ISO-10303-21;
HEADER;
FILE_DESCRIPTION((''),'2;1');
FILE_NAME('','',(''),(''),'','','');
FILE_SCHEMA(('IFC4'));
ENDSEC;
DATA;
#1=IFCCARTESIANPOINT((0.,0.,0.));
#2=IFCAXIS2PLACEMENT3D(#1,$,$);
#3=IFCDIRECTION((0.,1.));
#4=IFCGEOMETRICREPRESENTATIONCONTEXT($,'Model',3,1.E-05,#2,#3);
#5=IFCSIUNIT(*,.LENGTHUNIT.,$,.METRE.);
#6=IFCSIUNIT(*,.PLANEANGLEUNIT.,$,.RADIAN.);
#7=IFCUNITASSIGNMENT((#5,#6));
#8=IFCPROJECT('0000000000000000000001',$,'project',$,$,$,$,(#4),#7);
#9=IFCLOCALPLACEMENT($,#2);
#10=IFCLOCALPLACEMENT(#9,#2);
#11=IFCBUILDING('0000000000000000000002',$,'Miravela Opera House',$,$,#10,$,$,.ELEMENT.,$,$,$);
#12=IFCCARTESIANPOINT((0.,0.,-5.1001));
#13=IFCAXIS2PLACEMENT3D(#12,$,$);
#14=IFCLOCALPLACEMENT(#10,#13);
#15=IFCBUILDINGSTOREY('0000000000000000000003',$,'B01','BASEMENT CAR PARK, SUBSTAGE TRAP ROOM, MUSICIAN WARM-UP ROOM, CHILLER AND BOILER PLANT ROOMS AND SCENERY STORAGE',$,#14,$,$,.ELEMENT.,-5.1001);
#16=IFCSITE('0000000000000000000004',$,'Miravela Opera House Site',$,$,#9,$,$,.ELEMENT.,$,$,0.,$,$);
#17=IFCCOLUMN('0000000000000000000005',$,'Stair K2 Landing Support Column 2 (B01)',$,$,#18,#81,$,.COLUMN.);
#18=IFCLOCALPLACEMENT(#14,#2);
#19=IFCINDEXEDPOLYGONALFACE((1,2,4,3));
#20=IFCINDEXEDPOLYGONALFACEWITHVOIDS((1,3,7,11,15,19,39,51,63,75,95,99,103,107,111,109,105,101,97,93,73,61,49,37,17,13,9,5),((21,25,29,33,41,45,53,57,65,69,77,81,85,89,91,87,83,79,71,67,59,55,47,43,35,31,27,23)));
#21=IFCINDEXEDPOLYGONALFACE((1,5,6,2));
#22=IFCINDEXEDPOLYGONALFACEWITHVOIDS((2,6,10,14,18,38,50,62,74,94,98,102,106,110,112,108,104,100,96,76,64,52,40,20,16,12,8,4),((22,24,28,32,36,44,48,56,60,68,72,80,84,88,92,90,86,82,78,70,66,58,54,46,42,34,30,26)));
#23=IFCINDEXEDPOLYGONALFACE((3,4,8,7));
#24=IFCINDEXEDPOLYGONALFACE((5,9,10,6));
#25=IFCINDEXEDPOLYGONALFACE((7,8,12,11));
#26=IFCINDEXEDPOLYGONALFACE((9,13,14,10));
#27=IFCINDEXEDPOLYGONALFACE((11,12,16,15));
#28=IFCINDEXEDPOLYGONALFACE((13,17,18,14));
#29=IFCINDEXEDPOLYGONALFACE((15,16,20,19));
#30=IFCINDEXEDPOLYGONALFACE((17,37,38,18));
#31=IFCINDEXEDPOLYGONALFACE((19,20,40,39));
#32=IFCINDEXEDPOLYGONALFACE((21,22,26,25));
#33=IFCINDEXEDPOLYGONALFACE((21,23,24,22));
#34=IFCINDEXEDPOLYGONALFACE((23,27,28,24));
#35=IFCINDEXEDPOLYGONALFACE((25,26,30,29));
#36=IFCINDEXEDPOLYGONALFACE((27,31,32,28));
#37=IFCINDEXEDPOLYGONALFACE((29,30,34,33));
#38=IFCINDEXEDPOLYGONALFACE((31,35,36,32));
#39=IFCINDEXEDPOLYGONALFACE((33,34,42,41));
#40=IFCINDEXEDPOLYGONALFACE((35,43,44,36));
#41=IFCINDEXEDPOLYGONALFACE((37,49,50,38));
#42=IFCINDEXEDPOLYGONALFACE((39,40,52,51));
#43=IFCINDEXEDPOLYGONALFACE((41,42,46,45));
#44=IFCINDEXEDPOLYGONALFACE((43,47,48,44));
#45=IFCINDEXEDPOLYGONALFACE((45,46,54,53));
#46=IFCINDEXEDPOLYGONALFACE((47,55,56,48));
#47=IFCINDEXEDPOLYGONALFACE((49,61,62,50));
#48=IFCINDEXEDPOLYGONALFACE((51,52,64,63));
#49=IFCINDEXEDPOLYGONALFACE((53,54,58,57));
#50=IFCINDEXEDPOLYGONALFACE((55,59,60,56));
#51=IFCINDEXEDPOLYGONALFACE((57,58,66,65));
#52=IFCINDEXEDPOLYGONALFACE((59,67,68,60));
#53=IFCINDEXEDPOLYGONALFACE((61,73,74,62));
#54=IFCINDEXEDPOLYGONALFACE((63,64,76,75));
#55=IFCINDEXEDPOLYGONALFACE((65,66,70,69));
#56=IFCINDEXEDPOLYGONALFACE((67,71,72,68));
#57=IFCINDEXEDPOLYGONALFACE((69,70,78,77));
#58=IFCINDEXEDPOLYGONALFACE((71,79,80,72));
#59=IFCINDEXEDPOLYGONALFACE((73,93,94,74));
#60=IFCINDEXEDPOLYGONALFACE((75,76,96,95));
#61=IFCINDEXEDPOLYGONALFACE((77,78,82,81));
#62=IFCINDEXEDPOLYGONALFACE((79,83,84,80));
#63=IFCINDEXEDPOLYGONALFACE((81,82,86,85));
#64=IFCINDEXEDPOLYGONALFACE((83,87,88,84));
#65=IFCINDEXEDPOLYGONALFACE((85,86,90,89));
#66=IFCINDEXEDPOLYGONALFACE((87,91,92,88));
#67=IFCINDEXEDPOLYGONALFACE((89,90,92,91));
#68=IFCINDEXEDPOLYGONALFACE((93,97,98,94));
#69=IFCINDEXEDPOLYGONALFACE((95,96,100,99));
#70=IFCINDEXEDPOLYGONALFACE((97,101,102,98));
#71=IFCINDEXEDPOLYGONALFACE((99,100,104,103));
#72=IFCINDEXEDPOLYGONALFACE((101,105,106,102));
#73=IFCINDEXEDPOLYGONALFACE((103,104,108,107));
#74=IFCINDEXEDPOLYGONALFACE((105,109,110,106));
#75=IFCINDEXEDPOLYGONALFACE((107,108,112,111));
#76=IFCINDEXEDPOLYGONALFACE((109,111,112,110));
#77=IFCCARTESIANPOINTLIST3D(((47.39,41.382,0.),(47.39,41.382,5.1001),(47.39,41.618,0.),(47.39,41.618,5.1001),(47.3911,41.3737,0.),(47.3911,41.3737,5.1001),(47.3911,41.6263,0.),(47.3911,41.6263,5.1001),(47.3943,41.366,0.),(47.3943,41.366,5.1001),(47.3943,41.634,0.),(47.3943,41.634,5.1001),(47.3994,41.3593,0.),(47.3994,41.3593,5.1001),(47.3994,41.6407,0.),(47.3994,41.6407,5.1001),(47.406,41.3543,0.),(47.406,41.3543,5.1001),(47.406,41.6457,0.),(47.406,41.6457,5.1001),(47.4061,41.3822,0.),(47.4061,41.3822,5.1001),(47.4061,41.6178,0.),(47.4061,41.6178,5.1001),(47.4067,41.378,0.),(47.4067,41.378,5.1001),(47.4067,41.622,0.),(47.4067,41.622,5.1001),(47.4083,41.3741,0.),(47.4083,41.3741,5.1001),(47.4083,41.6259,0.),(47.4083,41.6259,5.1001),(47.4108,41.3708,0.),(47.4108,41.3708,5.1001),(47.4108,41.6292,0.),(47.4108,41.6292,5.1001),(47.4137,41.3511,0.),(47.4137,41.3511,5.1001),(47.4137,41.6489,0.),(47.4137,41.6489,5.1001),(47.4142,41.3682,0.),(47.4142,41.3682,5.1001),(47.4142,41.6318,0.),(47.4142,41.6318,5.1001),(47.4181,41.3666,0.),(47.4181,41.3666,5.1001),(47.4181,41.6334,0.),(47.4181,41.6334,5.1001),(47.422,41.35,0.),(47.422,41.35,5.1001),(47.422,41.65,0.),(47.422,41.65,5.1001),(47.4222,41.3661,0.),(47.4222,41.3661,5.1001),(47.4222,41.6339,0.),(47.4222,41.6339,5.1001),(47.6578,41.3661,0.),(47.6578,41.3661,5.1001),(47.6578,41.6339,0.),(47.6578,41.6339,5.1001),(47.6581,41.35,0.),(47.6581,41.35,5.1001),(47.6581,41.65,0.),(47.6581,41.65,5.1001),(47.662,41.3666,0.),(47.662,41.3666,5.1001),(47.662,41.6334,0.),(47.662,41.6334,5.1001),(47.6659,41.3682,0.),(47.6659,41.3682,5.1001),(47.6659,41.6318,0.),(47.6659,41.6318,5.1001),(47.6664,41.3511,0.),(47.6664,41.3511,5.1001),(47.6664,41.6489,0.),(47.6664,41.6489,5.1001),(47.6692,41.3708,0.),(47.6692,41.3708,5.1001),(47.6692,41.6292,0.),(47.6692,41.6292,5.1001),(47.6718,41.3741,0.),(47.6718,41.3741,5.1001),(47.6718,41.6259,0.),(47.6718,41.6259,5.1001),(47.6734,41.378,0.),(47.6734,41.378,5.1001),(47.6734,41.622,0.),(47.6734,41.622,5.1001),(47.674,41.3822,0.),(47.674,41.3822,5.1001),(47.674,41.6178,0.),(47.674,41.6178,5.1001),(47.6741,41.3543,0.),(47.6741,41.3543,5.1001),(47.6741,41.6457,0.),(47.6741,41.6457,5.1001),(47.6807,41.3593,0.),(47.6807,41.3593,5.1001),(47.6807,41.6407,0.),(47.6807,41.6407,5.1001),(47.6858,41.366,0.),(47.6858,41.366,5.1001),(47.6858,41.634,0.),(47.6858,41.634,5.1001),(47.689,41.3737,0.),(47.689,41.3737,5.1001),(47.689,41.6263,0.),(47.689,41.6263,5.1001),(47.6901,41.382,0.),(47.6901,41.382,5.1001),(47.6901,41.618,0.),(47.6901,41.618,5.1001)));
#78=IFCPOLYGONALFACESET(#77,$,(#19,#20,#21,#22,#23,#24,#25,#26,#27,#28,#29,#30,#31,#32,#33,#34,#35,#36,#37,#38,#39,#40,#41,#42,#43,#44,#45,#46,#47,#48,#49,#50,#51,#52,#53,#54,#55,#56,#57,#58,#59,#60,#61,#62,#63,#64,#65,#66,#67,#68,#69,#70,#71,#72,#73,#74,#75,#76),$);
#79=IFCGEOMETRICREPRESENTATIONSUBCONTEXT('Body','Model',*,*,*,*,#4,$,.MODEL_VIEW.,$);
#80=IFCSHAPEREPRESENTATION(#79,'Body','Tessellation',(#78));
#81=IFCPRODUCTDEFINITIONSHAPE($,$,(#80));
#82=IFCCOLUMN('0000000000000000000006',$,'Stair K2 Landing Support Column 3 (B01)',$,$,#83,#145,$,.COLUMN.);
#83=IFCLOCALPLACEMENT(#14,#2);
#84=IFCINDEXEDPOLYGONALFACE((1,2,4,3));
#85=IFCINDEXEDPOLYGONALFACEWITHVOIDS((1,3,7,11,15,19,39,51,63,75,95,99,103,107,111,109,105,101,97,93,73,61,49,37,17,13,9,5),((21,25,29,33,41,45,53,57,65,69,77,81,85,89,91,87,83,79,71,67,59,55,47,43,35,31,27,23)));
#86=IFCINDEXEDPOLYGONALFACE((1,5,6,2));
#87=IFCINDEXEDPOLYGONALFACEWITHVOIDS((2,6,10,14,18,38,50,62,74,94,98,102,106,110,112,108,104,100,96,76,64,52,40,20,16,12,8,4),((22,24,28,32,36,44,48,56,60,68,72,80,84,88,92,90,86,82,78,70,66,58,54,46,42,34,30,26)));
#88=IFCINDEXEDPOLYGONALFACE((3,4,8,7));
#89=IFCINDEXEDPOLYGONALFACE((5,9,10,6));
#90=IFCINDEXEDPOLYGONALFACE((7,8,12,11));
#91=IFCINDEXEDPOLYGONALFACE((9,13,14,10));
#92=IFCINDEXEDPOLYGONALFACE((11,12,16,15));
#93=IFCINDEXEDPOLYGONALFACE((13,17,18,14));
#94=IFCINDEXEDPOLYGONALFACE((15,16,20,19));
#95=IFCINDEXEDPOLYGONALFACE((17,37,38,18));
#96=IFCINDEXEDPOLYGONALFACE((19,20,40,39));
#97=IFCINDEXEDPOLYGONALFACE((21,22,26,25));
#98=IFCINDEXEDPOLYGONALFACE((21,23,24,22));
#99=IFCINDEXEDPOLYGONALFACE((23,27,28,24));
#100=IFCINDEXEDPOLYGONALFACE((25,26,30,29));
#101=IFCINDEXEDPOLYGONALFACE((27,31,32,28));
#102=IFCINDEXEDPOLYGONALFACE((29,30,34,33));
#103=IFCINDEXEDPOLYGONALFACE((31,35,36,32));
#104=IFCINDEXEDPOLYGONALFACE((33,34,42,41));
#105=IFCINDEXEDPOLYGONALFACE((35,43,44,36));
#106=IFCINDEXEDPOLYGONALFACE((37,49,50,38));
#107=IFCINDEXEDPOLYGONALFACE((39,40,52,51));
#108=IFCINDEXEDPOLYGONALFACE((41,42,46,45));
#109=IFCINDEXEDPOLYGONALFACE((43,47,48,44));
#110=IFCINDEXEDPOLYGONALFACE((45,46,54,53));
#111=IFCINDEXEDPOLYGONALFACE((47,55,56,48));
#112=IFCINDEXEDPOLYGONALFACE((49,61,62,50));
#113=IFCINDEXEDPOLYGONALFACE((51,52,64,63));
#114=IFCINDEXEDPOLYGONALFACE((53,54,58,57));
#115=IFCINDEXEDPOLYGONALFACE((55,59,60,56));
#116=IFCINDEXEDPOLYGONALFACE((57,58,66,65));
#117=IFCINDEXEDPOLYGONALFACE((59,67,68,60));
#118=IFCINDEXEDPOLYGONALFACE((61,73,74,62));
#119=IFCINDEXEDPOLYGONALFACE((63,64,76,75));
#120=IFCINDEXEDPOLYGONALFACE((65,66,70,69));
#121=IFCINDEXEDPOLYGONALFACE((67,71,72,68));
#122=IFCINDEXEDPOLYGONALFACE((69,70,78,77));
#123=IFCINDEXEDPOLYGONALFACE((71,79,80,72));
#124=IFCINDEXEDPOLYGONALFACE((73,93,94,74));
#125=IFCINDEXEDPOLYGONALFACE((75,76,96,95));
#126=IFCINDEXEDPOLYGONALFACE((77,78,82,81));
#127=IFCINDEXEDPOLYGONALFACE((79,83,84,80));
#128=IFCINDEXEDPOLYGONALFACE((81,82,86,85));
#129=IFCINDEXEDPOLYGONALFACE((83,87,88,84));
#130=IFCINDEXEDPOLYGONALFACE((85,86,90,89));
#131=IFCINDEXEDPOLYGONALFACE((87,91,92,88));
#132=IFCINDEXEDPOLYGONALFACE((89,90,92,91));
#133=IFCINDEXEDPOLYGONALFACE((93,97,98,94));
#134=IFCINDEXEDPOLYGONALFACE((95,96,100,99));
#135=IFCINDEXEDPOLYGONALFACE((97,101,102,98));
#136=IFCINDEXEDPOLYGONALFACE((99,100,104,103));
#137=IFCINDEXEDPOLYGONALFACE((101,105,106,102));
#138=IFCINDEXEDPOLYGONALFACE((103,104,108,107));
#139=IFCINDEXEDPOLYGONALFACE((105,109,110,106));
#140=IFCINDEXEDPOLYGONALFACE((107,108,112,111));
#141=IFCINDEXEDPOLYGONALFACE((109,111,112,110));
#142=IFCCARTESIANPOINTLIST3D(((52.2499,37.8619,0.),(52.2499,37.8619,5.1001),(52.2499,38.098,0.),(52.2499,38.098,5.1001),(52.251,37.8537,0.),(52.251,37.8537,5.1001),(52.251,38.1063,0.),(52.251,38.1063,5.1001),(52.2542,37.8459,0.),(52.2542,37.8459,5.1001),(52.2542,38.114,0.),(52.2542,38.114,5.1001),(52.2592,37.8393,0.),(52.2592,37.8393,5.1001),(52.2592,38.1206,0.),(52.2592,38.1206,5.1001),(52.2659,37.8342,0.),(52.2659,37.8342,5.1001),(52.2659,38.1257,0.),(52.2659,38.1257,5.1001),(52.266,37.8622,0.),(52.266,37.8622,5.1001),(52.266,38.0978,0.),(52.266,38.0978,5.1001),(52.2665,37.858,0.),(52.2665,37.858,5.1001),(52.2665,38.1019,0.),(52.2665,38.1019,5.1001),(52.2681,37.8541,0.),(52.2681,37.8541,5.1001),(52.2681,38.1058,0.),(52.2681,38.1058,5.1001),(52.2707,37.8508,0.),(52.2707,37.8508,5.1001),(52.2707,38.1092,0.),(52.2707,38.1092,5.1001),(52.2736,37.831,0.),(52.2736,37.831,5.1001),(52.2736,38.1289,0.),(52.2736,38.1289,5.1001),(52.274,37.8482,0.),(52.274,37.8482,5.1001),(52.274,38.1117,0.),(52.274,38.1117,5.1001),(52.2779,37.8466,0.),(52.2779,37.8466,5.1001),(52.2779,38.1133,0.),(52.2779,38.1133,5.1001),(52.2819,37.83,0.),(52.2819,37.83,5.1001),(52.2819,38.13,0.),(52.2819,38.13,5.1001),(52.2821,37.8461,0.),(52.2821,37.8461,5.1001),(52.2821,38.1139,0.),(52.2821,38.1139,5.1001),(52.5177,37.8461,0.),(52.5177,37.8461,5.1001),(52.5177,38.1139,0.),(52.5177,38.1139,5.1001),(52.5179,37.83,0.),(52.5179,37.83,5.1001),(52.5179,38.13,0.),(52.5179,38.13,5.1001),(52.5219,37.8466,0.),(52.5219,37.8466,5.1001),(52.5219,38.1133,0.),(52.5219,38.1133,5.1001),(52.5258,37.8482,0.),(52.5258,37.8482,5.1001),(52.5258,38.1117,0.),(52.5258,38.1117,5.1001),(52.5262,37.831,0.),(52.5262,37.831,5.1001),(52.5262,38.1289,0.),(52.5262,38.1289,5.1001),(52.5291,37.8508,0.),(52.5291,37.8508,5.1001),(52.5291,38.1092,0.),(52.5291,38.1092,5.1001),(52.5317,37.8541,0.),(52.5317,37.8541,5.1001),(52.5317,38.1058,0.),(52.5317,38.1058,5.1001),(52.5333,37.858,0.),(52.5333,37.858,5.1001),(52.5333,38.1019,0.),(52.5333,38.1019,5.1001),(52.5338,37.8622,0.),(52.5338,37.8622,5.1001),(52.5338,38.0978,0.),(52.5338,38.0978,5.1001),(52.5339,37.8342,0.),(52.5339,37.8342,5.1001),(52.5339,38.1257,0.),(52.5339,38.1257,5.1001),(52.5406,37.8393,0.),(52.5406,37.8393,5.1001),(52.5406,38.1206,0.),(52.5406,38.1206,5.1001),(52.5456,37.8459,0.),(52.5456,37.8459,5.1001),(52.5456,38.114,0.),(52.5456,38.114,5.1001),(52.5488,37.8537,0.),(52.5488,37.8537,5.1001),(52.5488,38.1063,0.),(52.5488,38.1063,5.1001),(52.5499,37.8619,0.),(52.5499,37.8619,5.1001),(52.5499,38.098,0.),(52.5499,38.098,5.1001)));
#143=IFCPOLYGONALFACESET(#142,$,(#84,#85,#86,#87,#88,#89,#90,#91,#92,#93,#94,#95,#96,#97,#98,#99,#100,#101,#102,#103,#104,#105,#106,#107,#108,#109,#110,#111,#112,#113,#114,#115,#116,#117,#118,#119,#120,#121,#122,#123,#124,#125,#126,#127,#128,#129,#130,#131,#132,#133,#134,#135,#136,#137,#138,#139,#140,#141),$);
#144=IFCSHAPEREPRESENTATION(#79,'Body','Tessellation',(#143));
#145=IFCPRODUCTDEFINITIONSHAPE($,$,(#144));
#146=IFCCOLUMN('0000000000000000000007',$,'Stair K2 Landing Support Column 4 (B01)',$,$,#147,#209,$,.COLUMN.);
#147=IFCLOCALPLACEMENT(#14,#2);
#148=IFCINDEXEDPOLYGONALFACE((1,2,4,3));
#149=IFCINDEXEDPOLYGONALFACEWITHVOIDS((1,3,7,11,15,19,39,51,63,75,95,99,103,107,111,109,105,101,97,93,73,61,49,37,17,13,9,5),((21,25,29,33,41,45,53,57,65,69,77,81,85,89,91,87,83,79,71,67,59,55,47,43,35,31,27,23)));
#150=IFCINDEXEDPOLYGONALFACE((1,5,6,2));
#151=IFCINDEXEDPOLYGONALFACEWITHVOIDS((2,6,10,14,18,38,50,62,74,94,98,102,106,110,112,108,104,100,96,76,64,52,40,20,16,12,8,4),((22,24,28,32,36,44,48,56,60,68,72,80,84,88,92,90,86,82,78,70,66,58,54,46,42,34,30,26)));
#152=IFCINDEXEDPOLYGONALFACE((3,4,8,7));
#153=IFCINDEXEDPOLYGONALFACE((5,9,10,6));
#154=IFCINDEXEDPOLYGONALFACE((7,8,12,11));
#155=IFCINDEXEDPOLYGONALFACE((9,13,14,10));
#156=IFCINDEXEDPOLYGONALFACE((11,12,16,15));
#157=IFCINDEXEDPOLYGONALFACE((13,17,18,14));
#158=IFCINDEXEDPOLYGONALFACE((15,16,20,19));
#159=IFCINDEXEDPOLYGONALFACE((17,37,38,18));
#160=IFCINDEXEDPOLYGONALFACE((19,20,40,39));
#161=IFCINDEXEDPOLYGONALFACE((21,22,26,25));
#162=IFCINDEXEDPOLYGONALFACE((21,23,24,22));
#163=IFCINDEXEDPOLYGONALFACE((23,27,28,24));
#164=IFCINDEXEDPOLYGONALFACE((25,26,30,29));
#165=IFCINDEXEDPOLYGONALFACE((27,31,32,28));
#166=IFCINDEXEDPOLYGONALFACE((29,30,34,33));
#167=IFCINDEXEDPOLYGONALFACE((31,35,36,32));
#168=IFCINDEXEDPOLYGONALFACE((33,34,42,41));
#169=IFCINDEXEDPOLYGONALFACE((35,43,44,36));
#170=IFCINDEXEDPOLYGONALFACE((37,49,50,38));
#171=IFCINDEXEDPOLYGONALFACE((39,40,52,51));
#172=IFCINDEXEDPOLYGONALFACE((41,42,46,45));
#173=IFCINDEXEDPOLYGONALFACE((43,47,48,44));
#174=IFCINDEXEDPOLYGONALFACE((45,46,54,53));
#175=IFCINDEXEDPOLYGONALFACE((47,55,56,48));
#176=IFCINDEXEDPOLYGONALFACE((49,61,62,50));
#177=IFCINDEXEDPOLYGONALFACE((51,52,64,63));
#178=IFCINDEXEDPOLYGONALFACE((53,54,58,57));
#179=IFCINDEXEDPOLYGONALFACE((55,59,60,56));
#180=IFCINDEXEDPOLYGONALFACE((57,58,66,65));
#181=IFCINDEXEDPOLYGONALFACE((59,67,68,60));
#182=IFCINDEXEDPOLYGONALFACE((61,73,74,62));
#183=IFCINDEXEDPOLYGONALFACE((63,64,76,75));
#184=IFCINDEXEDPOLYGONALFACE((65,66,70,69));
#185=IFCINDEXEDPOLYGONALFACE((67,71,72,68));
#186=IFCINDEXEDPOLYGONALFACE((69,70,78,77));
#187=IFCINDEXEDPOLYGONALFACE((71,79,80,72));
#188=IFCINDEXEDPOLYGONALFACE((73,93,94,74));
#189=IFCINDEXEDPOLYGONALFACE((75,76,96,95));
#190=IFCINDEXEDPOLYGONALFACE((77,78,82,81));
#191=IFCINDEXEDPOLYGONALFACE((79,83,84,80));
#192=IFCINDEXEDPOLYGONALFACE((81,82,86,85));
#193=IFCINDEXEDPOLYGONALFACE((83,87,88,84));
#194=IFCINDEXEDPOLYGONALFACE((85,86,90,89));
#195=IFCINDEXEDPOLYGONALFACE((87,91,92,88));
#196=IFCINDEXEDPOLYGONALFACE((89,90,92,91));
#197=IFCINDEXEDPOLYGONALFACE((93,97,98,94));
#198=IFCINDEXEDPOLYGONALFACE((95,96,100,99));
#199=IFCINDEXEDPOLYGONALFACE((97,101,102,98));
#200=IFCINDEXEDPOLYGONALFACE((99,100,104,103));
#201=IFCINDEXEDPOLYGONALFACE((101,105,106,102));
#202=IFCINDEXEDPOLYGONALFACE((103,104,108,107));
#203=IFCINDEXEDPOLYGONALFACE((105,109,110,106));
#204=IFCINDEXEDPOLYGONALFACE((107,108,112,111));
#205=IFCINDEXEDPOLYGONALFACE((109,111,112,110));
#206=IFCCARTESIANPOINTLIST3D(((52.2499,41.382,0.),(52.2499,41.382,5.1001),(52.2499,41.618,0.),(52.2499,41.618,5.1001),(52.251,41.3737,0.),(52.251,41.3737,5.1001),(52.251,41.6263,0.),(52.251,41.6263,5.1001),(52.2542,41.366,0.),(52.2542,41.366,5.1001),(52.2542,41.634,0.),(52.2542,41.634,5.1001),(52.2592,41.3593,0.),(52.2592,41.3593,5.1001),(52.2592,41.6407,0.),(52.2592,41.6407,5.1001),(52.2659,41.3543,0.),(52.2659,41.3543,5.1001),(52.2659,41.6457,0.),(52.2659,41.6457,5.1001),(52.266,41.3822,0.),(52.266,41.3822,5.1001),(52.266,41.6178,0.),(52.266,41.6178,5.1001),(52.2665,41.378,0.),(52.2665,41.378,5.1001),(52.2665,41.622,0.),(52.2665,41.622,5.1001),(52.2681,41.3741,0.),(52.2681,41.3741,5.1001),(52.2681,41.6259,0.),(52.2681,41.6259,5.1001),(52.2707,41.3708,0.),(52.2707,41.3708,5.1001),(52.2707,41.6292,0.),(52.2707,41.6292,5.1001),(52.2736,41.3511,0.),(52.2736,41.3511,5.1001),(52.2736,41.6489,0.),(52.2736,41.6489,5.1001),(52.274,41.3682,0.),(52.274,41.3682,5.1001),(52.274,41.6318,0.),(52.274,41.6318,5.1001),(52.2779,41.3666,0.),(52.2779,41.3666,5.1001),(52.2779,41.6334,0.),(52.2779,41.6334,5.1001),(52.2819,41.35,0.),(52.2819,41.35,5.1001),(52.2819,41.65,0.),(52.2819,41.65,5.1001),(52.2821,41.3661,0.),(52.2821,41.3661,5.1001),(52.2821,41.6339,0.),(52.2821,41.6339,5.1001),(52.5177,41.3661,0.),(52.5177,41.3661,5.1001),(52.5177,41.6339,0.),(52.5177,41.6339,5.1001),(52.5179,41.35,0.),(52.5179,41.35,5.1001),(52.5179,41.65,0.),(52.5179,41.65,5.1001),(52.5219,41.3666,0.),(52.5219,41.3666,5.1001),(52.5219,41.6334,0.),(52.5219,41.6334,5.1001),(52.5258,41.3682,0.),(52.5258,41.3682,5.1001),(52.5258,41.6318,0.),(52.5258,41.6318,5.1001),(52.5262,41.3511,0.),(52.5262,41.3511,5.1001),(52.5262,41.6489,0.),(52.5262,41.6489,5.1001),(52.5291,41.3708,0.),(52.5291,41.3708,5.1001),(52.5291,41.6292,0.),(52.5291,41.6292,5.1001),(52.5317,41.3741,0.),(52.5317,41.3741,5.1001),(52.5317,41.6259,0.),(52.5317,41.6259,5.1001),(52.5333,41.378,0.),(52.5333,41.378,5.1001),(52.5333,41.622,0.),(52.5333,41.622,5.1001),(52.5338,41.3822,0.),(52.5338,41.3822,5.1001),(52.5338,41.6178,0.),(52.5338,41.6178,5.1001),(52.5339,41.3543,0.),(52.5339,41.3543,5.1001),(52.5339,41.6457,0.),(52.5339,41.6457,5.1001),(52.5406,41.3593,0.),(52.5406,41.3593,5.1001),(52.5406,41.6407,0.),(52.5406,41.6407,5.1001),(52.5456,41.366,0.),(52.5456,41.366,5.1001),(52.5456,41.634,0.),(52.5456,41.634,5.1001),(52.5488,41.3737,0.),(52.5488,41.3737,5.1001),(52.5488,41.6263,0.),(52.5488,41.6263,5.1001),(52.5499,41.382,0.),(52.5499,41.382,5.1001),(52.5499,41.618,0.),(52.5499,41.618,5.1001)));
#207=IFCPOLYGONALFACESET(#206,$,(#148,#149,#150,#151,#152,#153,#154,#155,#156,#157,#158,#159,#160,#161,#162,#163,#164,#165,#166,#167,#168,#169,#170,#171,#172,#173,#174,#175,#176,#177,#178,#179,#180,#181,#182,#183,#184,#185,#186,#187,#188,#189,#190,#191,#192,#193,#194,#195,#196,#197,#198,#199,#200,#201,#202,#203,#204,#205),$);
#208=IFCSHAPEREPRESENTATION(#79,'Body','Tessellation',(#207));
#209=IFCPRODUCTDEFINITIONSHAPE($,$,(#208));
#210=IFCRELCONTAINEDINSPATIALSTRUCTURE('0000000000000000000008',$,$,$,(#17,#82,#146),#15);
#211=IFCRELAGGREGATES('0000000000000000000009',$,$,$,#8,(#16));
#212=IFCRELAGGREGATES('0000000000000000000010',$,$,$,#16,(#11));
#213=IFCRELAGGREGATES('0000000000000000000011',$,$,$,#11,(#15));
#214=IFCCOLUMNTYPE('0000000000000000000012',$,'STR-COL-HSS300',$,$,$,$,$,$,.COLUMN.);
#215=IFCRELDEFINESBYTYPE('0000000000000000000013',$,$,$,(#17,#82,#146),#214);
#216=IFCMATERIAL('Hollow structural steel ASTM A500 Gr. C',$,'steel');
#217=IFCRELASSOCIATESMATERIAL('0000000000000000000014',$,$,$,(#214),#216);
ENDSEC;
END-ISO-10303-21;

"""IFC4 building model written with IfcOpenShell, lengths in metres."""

from ifc_helpers import new_model, si_unit, direction, frame, origin, origin_2d, place, context, subcontext, project, spatial, hollow_rectangle, extrude, material, material_profile, profile_set, type_object, element, save


model = new_model("IFC4")

# Units and contexts
model_context = context("Model", 3, precision=1e-05, world=origin(), true_north=direction((0.0, 1.0)))
body_context = subcontext(model_context, "Body", "Model", "MODEL_VIEW")
ifc_project = project(units=[si_unit("LENGTHUNIT", "METRE"), si_unit("PLANEANGLEUNIT", "RADIAN")], contexts=[model_context])

# Site, building, storey
site_placement = place(None, origin())
site = spatial("IfcSite", under=ifc_project, at=site_placement, Name="Miravela Opera House Site", CompositionType="ELEMENT", RefElevation=0.0)
building_placement = place(site_placement, origin())
building = spatial("IfcBuilding", under=site, at=building_placement, Name="Miravela Opera House", CompositionType="ELEMENT")
storey_placement = place(building_placement, frame((0.0, 0.0, -5.1001)))
storey = spatial("IfcBuildingStorey", under=building, at=storey_placement, Name="B01", Description="BASEMENT CAR PARK, SUBSTAGE TRAP ROOM, MUSICIAN WARM-UP ROOM, CHILLER AND BOILER PLANT ROOMS AND SCENERY STORAGE", CompositionType="ELEMENT", Elevation=-5.1001)

# Columns
ifc_material_1 = material(Name="Hollow structural steel ASTM A500 Gr. C", Category="steel")
ifc_material_profile_1 = material_profile(ifc_material_1, hollow_rectangle(XDim=0.3, YDim=0.3, WallThickness=0.0161, InnerFilletRadius=0.0161, OuterFilletRadius=0.032, at=origin_2d()), Name="HSS300X300X16")
ifc_profile_set_1 = profile_set([ifc_material_profile_1])
column_type = type_object("IfcColumnType", Name="STR-COL-HSS300", PredefinedType="COLUMN", material=ifc_profile_set_1)
for number, where, z_axis, x_axis, name in (
    (1, (47.54, 41.5, 0.0), (0.0, 0.0, 1.0), (1.0, 0.0, 0.0), "Stair K2 Landing Support Column 2 (B01)"),
    (2, (52.3999, 37.98, 0.0), (0.0, 0.0, 1.0), (1.0, 0.0, 0.0), "Stair K2 Landing Support Column 3 (B01)"),
    (3, (52.3999, 41.5, 0.0), (0.0, 0.0, 1.0), (1.0, 0.0, 0.0), "Stair K2 Landing Support Column 4 (B01)"),
):
    element("IfcColumn", number, at=place(storey_placement, frame(where, z_axis=z_axis, x_axis=x_axis)), inside=storey, type_object=column_type, Name=name, PredefinedType="COLUMN", context=body_context, shape_type="SweptSolid", body=[
        extrude(hollow_rectangle(XDim=0.3, YDim=0.3, WallThickness=0.0161, InnerFilletRadius=0.0161, OuterFilletRadius=0.032, at=origin_2d()), origin(), (0.0, 0.0, 1.0), 5.1001),
    ])

save(model, "model.ifc")
